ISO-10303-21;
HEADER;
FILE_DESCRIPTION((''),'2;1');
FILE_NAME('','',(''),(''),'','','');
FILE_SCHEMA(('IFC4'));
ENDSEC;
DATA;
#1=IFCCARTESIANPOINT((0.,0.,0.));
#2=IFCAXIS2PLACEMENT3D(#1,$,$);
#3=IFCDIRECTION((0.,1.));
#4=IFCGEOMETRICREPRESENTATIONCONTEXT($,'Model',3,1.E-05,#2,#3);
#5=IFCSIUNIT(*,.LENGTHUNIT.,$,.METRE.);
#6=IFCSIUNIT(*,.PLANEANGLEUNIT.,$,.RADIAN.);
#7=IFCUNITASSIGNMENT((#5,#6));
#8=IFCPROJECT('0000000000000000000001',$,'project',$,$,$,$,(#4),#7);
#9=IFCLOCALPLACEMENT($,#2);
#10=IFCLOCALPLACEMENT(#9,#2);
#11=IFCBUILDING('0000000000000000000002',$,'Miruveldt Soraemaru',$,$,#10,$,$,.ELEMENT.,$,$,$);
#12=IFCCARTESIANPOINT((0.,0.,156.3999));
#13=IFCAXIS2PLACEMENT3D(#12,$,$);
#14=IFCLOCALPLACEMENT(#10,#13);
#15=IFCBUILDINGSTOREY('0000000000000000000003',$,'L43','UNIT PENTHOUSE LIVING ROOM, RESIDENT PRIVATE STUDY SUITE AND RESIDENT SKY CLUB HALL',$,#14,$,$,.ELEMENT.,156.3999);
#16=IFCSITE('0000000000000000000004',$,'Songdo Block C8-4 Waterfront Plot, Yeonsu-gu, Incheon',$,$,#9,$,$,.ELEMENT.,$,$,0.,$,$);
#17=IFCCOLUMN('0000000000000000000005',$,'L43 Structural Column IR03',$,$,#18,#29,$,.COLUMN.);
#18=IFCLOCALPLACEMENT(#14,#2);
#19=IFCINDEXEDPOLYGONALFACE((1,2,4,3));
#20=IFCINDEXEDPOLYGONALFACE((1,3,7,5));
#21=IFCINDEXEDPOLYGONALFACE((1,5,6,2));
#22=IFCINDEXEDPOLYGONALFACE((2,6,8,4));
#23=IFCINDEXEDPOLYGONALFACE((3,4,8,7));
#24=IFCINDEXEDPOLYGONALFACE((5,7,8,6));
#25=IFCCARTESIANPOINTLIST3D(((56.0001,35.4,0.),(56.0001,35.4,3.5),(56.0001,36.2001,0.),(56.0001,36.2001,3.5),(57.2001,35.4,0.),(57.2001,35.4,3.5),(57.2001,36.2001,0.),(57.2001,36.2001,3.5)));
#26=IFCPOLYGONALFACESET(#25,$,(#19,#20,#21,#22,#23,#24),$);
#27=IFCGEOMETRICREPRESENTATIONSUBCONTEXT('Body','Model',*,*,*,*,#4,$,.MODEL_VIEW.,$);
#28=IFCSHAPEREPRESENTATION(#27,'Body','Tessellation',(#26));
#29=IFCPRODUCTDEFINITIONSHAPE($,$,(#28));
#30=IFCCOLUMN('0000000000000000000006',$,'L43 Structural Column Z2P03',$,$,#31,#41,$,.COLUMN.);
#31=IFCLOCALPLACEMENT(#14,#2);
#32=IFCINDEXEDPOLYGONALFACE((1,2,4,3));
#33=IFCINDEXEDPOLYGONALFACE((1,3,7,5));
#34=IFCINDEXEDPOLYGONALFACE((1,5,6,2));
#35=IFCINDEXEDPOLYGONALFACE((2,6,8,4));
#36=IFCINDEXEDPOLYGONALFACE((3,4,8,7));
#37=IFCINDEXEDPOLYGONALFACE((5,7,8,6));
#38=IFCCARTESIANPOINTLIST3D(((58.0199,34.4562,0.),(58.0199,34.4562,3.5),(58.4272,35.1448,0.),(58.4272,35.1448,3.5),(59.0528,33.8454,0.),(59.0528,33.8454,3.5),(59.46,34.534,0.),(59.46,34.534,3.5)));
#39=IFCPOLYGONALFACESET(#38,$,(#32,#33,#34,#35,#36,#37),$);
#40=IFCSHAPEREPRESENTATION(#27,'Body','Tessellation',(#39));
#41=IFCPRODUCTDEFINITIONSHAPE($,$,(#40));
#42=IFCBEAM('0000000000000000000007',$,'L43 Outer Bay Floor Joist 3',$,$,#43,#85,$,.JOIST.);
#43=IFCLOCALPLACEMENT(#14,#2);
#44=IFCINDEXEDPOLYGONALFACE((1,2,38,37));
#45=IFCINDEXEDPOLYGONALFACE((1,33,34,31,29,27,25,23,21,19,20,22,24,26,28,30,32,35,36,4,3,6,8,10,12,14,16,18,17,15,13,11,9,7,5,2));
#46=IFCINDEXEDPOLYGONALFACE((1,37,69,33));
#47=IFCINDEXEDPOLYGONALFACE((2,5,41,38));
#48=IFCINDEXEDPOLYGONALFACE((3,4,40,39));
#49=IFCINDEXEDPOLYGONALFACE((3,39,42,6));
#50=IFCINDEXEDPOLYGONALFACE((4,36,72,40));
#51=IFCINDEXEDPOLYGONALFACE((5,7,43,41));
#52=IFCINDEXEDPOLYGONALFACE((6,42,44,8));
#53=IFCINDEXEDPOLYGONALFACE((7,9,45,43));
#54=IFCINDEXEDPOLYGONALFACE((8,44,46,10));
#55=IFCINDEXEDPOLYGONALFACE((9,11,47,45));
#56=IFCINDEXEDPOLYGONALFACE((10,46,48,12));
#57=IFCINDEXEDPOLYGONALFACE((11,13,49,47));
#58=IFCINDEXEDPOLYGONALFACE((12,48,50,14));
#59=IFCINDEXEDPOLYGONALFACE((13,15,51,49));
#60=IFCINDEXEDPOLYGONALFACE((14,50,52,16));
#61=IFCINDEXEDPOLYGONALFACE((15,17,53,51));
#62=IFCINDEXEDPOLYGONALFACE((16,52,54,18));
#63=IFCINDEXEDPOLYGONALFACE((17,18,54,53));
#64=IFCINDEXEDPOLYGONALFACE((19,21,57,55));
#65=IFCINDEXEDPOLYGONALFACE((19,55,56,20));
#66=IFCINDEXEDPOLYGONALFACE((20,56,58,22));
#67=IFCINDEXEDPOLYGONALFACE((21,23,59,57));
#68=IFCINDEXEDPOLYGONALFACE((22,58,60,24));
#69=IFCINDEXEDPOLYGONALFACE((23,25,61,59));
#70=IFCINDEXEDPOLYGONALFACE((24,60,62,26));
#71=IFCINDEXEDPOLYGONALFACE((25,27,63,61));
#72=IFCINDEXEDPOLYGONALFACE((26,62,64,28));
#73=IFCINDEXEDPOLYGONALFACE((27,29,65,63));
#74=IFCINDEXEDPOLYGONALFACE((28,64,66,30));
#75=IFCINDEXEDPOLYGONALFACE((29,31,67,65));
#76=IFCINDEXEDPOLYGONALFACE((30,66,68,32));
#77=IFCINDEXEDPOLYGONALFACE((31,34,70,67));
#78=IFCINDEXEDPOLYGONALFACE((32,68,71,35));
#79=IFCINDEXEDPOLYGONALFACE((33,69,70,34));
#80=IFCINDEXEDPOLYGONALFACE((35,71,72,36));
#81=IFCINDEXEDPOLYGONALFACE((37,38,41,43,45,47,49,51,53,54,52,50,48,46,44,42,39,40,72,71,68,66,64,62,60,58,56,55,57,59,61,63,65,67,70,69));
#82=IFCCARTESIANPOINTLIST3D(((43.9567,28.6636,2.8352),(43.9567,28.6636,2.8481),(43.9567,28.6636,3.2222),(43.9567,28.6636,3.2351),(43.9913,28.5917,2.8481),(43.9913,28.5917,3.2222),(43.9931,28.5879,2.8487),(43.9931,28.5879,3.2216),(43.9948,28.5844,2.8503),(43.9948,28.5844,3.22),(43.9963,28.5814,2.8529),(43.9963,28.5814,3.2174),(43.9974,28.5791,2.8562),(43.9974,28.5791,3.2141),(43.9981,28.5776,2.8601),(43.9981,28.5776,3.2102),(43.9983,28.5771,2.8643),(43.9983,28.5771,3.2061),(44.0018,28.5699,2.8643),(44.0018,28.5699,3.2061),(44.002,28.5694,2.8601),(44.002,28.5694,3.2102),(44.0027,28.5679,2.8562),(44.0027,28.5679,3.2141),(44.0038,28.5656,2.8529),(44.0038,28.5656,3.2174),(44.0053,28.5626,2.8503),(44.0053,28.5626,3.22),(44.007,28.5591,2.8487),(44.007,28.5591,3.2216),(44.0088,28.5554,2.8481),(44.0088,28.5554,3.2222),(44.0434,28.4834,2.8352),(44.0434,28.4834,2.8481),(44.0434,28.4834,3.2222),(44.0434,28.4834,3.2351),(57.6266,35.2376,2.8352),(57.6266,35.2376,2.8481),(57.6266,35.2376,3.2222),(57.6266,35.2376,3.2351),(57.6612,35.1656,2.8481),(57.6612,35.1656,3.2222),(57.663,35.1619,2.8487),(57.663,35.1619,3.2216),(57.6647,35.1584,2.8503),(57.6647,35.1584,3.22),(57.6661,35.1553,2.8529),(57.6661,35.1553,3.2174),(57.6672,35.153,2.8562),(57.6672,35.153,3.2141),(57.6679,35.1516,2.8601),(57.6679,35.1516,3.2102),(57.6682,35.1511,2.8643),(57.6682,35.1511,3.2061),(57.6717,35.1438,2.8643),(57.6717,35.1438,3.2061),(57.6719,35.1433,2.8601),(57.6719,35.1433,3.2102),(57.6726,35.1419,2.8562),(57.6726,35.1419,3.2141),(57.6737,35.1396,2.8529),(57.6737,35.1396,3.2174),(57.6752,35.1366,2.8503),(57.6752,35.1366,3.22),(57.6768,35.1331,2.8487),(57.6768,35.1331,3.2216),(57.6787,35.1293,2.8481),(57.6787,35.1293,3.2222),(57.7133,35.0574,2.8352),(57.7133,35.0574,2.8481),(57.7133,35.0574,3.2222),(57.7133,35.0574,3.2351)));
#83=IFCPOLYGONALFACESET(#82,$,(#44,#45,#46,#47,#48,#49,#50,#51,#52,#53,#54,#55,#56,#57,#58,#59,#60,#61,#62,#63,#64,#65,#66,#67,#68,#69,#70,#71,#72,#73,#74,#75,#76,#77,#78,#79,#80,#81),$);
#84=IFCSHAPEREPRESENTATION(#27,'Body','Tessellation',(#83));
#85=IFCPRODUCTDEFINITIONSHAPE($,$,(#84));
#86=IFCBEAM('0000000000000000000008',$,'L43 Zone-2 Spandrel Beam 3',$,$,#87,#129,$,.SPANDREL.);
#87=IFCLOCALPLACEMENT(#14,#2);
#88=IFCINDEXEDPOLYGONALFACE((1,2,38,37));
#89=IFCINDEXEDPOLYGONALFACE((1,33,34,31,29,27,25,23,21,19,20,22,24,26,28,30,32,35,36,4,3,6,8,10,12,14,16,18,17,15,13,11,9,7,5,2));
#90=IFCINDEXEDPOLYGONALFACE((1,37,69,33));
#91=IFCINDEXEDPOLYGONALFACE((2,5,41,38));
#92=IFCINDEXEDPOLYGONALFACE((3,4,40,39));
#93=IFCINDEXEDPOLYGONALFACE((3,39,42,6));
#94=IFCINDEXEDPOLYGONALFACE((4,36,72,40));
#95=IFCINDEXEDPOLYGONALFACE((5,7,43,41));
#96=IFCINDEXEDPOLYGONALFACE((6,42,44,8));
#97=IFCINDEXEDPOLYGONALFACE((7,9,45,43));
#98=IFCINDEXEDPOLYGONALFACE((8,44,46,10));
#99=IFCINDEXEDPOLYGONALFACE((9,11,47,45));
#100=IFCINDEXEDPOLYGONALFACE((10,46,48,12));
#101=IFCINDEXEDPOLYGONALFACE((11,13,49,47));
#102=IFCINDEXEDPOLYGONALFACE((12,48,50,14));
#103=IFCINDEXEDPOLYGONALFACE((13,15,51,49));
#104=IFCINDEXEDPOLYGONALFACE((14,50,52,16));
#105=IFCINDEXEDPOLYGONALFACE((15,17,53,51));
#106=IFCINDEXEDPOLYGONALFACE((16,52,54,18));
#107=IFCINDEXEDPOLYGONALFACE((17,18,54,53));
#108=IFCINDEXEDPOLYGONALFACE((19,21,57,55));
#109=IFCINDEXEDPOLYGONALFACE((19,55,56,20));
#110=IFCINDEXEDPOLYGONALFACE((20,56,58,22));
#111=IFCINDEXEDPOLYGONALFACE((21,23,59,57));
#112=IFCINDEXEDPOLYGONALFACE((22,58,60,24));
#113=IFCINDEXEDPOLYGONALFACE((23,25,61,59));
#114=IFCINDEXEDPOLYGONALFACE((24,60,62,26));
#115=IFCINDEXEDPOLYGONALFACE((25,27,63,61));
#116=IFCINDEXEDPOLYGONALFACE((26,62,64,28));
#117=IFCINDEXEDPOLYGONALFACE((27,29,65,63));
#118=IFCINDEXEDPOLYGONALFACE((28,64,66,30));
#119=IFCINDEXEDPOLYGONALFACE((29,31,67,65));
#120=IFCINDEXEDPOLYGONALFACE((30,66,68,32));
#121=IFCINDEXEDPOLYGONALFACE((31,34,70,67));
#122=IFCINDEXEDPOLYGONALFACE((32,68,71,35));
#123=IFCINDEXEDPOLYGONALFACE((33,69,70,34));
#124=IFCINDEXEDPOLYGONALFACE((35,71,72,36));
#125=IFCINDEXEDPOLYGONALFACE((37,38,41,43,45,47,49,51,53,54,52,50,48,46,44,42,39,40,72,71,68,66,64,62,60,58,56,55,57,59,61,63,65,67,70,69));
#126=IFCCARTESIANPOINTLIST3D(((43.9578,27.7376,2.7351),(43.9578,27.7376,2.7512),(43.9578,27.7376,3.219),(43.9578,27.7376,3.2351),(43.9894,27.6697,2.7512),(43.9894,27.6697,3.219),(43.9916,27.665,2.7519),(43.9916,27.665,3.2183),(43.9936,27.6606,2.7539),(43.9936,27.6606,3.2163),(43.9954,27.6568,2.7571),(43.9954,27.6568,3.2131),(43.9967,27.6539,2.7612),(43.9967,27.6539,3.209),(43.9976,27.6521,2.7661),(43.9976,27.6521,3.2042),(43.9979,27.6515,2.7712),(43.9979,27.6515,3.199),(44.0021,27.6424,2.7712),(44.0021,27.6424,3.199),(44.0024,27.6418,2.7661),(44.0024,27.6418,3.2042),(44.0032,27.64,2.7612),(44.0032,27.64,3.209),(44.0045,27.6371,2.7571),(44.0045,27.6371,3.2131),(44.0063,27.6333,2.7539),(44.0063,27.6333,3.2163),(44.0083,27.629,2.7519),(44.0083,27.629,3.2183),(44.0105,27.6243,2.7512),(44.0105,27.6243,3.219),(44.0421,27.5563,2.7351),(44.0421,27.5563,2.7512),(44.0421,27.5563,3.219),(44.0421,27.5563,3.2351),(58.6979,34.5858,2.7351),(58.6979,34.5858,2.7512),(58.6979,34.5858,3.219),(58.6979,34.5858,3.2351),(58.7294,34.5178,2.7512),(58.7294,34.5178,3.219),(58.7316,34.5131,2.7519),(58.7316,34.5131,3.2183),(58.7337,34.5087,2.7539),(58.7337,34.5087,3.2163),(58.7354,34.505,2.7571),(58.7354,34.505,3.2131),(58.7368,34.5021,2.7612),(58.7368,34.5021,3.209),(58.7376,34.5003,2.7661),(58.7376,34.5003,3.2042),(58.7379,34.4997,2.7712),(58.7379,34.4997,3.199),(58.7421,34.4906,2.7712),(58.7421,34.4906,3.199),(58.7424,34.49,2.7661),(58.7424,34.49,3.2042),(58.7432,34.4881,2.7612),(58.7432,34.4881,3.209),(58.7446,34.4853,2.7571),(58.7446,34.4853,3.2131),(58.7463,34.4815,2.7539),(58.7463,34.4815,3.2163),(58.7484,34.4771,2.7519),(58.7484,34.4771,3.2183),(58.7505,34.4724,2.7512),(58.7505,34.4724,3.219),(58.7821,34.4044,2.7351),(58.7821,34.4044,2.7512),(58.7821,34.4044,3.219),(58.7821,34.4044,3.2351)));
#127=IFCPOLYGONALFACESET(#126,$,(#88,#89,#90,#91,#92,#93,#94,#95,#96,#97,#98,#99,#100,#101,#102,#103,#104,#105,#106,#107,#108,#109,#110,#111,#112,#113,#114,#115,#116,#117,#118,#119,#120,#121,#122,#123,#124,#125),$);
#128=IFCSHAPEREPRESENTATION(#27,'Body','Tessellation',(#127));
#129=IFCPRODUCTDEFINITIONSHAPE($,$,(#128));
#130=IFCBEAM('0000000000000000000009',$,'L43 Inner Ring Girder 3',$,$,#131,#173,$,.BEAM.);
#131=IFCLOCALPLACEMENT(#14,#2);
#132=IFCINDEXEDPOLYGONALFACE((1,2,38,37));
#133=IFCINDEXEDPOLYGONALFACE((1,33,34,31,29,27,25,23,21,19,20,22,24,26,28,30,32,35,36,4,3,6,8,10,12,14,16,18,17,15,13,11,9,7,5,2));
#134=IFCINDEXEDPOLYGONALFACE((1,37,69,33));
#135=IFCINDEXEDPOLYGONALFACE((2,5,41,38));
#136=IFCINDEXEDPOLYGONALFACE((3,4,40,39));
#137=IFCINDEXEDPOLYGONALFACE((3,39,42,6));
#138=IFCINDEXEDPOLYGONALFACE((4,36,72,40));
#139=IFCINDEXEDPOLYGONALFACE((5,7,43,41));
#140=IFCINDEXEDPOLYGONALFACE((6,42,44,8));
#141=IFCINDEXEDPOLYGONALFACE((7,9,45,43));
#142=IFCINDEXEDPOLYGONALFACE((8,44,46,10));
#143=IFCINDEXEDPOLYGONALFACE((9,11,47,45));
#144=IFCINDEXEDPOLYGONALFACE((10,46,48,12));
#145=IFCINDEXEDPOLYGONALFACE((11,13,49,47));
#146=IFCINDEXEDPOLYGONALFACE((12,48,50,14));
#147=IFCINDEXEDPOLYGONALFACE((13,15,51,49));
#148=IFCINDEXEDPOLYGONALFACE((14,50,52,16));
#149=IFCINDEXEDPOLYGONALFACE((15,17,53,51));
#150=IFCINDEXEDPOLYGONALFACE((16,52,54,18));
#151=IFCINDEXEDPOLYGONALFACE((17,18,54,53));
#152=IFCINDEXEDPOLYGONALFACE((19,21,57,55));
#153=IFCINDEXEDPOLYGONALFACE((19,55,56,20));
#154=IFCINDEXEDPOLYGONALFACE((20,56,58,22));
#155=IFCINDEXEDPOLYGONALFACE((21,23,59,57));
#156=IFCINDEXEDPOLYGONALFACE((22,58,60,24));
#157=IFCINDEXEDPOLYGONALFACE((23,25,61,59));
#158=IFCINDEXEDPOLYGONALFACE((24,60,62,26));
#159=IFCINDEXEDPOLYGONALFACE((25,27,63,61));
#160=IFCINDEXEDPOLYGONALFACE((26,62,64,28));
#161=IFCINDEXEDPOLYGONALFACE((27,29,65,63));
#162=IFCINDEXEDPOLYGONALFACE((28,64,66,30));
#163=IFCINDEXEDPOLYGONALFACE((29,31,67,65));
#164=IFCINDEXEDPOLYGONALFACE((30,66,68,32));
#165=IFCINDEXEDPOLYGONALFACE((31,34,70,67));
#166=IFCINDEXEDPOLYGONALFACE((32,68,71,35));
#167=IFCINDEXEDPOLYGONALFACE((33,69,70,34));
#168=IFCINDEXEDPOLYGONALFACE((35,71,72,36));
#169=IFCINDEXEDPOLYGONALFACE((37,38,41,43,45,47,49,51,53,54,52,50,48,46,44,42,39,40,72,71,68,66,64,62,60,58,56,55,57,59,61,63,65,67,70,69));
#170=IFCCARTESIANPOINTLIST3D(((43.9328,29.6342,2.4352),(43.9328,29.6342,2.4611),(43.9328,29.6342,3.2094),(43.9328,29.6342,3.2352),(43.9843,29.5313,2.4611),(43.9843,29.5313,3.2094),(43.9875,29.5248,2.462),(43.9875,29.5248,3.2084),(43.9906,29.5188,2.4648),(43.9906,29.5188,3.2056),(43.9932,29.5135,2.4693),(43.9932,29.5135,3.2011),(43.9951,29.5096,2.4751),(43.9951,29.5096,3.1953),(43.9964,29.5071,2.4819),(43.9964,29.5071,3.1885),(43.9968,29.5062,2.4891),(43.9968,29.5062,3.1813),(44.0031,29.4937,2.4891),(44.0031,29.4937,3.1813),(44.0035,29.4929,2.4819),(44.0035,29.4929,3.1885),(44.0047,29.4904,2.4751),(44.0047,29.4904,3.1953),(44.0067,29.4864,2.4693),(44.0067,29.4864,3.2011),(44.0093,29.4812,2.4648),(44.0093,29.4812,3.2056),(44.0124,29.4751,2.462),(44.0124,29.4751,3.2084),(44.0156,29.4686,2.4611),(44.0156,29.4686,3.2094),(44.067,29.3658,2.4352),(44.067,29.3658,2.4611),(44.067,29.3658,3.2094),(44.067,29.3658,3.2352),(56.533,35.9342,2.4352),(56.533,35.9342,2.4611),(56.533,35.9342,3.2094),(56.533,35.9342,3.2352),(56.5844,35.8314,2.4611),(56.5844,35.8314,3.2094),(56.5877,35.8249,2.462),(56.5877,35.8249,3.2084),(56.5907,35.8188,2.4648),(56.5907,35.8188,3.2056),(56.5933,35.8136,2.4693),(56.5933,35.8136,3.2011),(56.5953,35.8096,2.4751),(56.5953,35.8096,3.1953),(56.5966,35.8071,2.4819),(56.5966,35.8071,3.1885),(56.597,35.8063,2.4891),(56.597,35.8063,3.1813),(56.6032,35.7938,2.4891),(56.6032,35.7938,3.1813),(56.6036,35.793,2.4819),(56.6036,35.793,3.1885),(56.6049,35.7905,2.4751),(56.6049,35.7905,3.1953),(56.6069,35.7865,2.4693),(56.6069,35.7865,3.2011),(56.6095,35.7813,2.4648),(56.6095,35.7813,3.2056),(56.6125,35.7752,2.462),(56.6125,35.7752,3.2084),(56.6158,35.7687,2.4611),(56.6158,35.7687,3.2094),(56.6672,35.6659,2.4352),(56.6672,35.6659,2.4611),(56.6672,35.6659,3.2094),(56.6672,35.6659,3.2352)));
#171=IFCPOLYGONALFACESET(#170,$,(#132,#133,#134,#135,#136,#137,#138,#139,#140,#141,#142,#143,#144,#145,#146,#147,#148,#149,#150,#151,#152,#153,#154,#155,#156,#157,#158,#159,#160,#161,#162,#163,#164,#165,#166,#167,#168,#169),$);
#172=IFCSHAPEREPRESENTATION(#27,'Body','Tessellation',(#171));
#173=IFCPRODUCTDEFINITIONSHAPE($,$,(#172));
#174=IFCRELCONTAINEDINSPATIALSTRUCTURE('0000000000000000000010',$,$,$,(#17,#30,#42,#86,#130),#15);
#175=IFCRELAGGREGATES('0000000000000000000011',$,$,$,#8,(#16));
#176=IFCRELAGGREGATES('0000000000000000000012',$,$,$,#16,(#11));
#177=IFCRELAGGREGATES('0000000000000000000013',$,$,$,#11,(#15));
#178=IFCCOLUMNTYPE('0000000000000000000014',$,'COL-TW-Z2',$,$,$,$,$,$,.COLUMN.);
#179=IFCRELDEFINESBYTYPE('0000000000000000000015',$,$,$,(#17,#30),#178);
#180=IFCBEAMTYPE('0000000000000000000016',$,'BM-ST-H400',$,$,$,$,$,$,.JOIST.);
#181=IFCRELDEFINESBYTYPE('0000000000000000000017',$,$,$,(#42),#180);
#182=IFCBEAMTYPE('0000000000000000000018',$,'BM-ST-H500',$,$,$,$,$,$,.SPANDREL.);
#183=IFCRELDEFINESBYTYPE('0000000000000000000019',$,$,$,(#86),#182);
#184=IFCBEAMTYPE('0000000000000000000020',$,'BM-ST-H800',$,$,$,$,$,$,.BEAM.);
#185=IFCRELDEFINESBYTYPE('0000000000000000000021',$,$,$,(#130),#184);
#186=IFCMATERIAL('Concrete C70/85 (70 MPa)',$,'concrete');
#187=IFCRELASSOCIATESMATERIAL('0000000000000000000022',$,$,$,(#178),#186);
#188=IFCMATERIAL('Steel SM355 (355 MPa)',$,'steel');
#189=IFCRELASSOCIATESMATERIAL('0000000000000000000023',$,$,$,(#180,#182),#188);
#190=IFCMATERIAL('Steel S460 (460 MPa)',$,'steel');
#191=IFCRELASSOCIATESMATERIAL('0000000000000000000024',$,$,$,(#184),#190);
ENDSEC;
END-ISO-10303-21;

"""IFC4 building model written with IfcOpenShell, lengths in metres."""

from ifc_helpers import new_model, si_unit, direction, frame, origin, origin_2d, place, context, subcontext, project, spatial, rectangle, i_section, extrude, material, material_profile, profile_set, type_object, element, save


model = new_model("IFC4")

# Units and contexts
model_context = context("Model", 3, precision=1e-05, world=origin(), true_north=direction((0.0, 1.0)))
body_context = subcontext(model_context, "Body", "Model", "MODEL_VIEW")
ifc_project = project(units=[si_unit("LENGTHUNIT", "METRE"), si_unit("PLANEANGLEUNIT", "RADIAN")], contexts=[model_context])

# Site, building, storey
site_placement = place(None, origin())
site = spatial("IfcSite", under=ifc_project, at=site_placement, Name="Songdo Block C8-4 Waterfront Plot, Yeonsu-gu, Incheon", CompositionType="ELEMENT", RefElevation=0.0)
building_placement = place(site_placement, origin())
building = spatial("IfcBuilding", under=site, at=building_placement, Name="Miruveldt Soraemaru", CompositionType="ELEMENT")
storey_placement = place(building_placement, frame((0.0, 0.0, 156.3999)))
storey = spatial("IfcBuildingStorey", under=building, at=storey_placement, Name="L43", Description="UNIT PENTHOUSE LIVING ROOM, RESIDENT PRIVATE STUDY SUITE AND RESIDENT SKY CLUB HALL", CompositionType="ELEMENT", Elevation=156.3999)

# Columns
ifc_material_1 = material(Name="Concrete C70/85 (70 MPa)", Category="concrete")
ifc_material_profile_1 = material_profile(ifc_material_1, rectangle(XDim=1.2, YDim=0.8, at=origin_2d()), Name="Concrete C70/85 (70 MPa)", Category="concrete")
ifc_profile_set_1 = profile_set([ifc_material_profile_1], Name="Concrete C70/85 (70 MPa)")
column_type = type_object("IfcColumnType", Name="COL-TW-Z2", PredefinedType="COLUMN", material=ifc_profile_set_1)
for number, where, z_axis, x_axis, name in (
    (1, (56.6001, 35.8, 0.0), (0.0, 0.0, 1.0), (1.0, 0.0, 0.0), "L43 Structural Column IR03"),
    (2, (58.74, 34.4951, 0.0), (0.0, 0.0, 1.0), (-0.860742, 0.509041, 0.0), "L43 Structural Column Z2P03"),
):
    element("IfcColumn", number, at=place(storey_placement, frame(where, z_axis=z_axis, x_axis=x_axis)), inside=storey, type_object=column_type, Name=name, PredefinedType="COLUMN", context=body_context, shape_type="SweptSolid", body=[
        extrude(rectangle(XDim=1.2, YDim=0.8, at=origin_2d()), origin(), (0.0, 0.0, 1.0), 3.5),
    ])

# Beams
ifc_material_2 = material(Name="Steel SM355 (355 MPa)", Category="steel")
ifc_material_profile_2 = material_profile(ifc_material_2, i_section(OverallWidth=0.2, OverallDepth=0.3999, WebThickness=0.0081, FlangeThickness=0.0129, FilletRadius=0.0161, at=origin_2d()), Name="Steel SM355 (355 MPa)", Category="steel")
ifc_profile_set_2 = profile_set([ifc_material_profile_2], Name="Steel SM355 (355 MPa)")
beam_type_1 = type_object("IfcBeamType", Name="BM-ST-H400", PredefinedType="JOIST", material=ifc_profile_set_2)
beam_1_placement = place(storey_placement, frame((57.6699, 35.1475, 3.0352), z_axis=(-0.901204, -0.433396, 0.0), x_axis=(0.433396, -0.901204, 0.0)))
element("IfcBeam", 3, at=beam_1_placement, inside=storey, type_object=beam_type_1, Name="L43 Outer Bay Floor Joist 3", PredefinedType="JOIST", context=body_context, shape_type="SweptSolid", body=[
    extrude(i_section(OverallWidth=0.2, OverallDepth=0.3999, WebThickness=0.0081, FlangeThickness=0.0129, FilletRadius=0.0161, at=origin_2d()), origin(), (0.0, 0.0, 1.0), 15.1685),
])
ifc_material_profile_3 = material_profile(ifc_material_2, i_section(OverallWidth=0.2, OverallDepth=0.5, WebThickness=0.01, FlangeThickness=0.0161, FilletRadius=0.02, at=origin_2d()), Name="Steel SM355 (355 MPa)", Category="steel")
ifc_profile_set_3 = profile_set([ifc_material_profile_3], Name="Steel SM355 (355 MPa)")
beam_type_2 = type_object("IfcBeamType", Name="BM-ST-H500", PredefinedType="SPANDREL", material=ifc_profile_set_3)
beam_2_placement = place(storey_placement, frame((58.74, 34.4951, 2.9851), z_axis=(-0.906901, -0.421343, 0.0), x_axis=(0.421343, -0.906901, 0.0)))
element("IfcBeam", 4, at=beam_2_placement, inside=storey, type_object=beam_type_2, Name="L43 Zone-2 Spandrel Beam 3", PredefinedType="SPANDREL", context=body_context, shape_type="SweptSolid", body=[
    extrude(i_section(OverallWidth=0.2, OverallDepth=0.5, WebThickness=0.01, FlangeThickness=0.0161, FilletRadius=0.02, at=origin_2d()), origin(), (0.0, 0.0, 1.0), 16.2532),
])
ifc_material_3 = material(Name="Steel S460 (460 MPa)", Category="steel")
ifc_material_profile_4 = material_profile(ifc_material_3, i_section(OverallWidth=0.3, OverallDepth=0.8, WebThickness=0.0139, FlangeThickness=0.0259, FilletRadius=0.0281, at=origin_2d()), Name="Steel S460 (460 MPa)", Category="steel")
ifc_profile_set_4 = profile_set([ifc_material_profile_4], Name="Steel S460 (460 MPa)")
beam_type_3 = type_object("IfcBeamType", Name="BM-ST-H800", PredefinedType="BEAM", material=ifc_profile_set_4)
beam_3_placement = place(storey_placement, frame((56.6001, 35.8, 2.8352), z_axis=(-0.894427, -0.447214, 0.0), x_axis=(0.447214, -0.894427, 0.0)))
element("IfcBeam", 5, at=beam_3_placement, inside=storey, type_object=beam_type_3, Name="L43 Inner Ring Girder 3", PredefinedType="BEAM", context=body_context, shape_type="SweptSolid", body=[
    extrude(i_section(OverallWidth=0.3, OverallDepth=0.8, WebThickness=0.0139, FlangeThickness=0.0259, FilletRadius=0.0281, at=origin_2d()), origin(), (0.0, 0.0, 1.0), 14.0874),
])

save(model, "model.ifc")
